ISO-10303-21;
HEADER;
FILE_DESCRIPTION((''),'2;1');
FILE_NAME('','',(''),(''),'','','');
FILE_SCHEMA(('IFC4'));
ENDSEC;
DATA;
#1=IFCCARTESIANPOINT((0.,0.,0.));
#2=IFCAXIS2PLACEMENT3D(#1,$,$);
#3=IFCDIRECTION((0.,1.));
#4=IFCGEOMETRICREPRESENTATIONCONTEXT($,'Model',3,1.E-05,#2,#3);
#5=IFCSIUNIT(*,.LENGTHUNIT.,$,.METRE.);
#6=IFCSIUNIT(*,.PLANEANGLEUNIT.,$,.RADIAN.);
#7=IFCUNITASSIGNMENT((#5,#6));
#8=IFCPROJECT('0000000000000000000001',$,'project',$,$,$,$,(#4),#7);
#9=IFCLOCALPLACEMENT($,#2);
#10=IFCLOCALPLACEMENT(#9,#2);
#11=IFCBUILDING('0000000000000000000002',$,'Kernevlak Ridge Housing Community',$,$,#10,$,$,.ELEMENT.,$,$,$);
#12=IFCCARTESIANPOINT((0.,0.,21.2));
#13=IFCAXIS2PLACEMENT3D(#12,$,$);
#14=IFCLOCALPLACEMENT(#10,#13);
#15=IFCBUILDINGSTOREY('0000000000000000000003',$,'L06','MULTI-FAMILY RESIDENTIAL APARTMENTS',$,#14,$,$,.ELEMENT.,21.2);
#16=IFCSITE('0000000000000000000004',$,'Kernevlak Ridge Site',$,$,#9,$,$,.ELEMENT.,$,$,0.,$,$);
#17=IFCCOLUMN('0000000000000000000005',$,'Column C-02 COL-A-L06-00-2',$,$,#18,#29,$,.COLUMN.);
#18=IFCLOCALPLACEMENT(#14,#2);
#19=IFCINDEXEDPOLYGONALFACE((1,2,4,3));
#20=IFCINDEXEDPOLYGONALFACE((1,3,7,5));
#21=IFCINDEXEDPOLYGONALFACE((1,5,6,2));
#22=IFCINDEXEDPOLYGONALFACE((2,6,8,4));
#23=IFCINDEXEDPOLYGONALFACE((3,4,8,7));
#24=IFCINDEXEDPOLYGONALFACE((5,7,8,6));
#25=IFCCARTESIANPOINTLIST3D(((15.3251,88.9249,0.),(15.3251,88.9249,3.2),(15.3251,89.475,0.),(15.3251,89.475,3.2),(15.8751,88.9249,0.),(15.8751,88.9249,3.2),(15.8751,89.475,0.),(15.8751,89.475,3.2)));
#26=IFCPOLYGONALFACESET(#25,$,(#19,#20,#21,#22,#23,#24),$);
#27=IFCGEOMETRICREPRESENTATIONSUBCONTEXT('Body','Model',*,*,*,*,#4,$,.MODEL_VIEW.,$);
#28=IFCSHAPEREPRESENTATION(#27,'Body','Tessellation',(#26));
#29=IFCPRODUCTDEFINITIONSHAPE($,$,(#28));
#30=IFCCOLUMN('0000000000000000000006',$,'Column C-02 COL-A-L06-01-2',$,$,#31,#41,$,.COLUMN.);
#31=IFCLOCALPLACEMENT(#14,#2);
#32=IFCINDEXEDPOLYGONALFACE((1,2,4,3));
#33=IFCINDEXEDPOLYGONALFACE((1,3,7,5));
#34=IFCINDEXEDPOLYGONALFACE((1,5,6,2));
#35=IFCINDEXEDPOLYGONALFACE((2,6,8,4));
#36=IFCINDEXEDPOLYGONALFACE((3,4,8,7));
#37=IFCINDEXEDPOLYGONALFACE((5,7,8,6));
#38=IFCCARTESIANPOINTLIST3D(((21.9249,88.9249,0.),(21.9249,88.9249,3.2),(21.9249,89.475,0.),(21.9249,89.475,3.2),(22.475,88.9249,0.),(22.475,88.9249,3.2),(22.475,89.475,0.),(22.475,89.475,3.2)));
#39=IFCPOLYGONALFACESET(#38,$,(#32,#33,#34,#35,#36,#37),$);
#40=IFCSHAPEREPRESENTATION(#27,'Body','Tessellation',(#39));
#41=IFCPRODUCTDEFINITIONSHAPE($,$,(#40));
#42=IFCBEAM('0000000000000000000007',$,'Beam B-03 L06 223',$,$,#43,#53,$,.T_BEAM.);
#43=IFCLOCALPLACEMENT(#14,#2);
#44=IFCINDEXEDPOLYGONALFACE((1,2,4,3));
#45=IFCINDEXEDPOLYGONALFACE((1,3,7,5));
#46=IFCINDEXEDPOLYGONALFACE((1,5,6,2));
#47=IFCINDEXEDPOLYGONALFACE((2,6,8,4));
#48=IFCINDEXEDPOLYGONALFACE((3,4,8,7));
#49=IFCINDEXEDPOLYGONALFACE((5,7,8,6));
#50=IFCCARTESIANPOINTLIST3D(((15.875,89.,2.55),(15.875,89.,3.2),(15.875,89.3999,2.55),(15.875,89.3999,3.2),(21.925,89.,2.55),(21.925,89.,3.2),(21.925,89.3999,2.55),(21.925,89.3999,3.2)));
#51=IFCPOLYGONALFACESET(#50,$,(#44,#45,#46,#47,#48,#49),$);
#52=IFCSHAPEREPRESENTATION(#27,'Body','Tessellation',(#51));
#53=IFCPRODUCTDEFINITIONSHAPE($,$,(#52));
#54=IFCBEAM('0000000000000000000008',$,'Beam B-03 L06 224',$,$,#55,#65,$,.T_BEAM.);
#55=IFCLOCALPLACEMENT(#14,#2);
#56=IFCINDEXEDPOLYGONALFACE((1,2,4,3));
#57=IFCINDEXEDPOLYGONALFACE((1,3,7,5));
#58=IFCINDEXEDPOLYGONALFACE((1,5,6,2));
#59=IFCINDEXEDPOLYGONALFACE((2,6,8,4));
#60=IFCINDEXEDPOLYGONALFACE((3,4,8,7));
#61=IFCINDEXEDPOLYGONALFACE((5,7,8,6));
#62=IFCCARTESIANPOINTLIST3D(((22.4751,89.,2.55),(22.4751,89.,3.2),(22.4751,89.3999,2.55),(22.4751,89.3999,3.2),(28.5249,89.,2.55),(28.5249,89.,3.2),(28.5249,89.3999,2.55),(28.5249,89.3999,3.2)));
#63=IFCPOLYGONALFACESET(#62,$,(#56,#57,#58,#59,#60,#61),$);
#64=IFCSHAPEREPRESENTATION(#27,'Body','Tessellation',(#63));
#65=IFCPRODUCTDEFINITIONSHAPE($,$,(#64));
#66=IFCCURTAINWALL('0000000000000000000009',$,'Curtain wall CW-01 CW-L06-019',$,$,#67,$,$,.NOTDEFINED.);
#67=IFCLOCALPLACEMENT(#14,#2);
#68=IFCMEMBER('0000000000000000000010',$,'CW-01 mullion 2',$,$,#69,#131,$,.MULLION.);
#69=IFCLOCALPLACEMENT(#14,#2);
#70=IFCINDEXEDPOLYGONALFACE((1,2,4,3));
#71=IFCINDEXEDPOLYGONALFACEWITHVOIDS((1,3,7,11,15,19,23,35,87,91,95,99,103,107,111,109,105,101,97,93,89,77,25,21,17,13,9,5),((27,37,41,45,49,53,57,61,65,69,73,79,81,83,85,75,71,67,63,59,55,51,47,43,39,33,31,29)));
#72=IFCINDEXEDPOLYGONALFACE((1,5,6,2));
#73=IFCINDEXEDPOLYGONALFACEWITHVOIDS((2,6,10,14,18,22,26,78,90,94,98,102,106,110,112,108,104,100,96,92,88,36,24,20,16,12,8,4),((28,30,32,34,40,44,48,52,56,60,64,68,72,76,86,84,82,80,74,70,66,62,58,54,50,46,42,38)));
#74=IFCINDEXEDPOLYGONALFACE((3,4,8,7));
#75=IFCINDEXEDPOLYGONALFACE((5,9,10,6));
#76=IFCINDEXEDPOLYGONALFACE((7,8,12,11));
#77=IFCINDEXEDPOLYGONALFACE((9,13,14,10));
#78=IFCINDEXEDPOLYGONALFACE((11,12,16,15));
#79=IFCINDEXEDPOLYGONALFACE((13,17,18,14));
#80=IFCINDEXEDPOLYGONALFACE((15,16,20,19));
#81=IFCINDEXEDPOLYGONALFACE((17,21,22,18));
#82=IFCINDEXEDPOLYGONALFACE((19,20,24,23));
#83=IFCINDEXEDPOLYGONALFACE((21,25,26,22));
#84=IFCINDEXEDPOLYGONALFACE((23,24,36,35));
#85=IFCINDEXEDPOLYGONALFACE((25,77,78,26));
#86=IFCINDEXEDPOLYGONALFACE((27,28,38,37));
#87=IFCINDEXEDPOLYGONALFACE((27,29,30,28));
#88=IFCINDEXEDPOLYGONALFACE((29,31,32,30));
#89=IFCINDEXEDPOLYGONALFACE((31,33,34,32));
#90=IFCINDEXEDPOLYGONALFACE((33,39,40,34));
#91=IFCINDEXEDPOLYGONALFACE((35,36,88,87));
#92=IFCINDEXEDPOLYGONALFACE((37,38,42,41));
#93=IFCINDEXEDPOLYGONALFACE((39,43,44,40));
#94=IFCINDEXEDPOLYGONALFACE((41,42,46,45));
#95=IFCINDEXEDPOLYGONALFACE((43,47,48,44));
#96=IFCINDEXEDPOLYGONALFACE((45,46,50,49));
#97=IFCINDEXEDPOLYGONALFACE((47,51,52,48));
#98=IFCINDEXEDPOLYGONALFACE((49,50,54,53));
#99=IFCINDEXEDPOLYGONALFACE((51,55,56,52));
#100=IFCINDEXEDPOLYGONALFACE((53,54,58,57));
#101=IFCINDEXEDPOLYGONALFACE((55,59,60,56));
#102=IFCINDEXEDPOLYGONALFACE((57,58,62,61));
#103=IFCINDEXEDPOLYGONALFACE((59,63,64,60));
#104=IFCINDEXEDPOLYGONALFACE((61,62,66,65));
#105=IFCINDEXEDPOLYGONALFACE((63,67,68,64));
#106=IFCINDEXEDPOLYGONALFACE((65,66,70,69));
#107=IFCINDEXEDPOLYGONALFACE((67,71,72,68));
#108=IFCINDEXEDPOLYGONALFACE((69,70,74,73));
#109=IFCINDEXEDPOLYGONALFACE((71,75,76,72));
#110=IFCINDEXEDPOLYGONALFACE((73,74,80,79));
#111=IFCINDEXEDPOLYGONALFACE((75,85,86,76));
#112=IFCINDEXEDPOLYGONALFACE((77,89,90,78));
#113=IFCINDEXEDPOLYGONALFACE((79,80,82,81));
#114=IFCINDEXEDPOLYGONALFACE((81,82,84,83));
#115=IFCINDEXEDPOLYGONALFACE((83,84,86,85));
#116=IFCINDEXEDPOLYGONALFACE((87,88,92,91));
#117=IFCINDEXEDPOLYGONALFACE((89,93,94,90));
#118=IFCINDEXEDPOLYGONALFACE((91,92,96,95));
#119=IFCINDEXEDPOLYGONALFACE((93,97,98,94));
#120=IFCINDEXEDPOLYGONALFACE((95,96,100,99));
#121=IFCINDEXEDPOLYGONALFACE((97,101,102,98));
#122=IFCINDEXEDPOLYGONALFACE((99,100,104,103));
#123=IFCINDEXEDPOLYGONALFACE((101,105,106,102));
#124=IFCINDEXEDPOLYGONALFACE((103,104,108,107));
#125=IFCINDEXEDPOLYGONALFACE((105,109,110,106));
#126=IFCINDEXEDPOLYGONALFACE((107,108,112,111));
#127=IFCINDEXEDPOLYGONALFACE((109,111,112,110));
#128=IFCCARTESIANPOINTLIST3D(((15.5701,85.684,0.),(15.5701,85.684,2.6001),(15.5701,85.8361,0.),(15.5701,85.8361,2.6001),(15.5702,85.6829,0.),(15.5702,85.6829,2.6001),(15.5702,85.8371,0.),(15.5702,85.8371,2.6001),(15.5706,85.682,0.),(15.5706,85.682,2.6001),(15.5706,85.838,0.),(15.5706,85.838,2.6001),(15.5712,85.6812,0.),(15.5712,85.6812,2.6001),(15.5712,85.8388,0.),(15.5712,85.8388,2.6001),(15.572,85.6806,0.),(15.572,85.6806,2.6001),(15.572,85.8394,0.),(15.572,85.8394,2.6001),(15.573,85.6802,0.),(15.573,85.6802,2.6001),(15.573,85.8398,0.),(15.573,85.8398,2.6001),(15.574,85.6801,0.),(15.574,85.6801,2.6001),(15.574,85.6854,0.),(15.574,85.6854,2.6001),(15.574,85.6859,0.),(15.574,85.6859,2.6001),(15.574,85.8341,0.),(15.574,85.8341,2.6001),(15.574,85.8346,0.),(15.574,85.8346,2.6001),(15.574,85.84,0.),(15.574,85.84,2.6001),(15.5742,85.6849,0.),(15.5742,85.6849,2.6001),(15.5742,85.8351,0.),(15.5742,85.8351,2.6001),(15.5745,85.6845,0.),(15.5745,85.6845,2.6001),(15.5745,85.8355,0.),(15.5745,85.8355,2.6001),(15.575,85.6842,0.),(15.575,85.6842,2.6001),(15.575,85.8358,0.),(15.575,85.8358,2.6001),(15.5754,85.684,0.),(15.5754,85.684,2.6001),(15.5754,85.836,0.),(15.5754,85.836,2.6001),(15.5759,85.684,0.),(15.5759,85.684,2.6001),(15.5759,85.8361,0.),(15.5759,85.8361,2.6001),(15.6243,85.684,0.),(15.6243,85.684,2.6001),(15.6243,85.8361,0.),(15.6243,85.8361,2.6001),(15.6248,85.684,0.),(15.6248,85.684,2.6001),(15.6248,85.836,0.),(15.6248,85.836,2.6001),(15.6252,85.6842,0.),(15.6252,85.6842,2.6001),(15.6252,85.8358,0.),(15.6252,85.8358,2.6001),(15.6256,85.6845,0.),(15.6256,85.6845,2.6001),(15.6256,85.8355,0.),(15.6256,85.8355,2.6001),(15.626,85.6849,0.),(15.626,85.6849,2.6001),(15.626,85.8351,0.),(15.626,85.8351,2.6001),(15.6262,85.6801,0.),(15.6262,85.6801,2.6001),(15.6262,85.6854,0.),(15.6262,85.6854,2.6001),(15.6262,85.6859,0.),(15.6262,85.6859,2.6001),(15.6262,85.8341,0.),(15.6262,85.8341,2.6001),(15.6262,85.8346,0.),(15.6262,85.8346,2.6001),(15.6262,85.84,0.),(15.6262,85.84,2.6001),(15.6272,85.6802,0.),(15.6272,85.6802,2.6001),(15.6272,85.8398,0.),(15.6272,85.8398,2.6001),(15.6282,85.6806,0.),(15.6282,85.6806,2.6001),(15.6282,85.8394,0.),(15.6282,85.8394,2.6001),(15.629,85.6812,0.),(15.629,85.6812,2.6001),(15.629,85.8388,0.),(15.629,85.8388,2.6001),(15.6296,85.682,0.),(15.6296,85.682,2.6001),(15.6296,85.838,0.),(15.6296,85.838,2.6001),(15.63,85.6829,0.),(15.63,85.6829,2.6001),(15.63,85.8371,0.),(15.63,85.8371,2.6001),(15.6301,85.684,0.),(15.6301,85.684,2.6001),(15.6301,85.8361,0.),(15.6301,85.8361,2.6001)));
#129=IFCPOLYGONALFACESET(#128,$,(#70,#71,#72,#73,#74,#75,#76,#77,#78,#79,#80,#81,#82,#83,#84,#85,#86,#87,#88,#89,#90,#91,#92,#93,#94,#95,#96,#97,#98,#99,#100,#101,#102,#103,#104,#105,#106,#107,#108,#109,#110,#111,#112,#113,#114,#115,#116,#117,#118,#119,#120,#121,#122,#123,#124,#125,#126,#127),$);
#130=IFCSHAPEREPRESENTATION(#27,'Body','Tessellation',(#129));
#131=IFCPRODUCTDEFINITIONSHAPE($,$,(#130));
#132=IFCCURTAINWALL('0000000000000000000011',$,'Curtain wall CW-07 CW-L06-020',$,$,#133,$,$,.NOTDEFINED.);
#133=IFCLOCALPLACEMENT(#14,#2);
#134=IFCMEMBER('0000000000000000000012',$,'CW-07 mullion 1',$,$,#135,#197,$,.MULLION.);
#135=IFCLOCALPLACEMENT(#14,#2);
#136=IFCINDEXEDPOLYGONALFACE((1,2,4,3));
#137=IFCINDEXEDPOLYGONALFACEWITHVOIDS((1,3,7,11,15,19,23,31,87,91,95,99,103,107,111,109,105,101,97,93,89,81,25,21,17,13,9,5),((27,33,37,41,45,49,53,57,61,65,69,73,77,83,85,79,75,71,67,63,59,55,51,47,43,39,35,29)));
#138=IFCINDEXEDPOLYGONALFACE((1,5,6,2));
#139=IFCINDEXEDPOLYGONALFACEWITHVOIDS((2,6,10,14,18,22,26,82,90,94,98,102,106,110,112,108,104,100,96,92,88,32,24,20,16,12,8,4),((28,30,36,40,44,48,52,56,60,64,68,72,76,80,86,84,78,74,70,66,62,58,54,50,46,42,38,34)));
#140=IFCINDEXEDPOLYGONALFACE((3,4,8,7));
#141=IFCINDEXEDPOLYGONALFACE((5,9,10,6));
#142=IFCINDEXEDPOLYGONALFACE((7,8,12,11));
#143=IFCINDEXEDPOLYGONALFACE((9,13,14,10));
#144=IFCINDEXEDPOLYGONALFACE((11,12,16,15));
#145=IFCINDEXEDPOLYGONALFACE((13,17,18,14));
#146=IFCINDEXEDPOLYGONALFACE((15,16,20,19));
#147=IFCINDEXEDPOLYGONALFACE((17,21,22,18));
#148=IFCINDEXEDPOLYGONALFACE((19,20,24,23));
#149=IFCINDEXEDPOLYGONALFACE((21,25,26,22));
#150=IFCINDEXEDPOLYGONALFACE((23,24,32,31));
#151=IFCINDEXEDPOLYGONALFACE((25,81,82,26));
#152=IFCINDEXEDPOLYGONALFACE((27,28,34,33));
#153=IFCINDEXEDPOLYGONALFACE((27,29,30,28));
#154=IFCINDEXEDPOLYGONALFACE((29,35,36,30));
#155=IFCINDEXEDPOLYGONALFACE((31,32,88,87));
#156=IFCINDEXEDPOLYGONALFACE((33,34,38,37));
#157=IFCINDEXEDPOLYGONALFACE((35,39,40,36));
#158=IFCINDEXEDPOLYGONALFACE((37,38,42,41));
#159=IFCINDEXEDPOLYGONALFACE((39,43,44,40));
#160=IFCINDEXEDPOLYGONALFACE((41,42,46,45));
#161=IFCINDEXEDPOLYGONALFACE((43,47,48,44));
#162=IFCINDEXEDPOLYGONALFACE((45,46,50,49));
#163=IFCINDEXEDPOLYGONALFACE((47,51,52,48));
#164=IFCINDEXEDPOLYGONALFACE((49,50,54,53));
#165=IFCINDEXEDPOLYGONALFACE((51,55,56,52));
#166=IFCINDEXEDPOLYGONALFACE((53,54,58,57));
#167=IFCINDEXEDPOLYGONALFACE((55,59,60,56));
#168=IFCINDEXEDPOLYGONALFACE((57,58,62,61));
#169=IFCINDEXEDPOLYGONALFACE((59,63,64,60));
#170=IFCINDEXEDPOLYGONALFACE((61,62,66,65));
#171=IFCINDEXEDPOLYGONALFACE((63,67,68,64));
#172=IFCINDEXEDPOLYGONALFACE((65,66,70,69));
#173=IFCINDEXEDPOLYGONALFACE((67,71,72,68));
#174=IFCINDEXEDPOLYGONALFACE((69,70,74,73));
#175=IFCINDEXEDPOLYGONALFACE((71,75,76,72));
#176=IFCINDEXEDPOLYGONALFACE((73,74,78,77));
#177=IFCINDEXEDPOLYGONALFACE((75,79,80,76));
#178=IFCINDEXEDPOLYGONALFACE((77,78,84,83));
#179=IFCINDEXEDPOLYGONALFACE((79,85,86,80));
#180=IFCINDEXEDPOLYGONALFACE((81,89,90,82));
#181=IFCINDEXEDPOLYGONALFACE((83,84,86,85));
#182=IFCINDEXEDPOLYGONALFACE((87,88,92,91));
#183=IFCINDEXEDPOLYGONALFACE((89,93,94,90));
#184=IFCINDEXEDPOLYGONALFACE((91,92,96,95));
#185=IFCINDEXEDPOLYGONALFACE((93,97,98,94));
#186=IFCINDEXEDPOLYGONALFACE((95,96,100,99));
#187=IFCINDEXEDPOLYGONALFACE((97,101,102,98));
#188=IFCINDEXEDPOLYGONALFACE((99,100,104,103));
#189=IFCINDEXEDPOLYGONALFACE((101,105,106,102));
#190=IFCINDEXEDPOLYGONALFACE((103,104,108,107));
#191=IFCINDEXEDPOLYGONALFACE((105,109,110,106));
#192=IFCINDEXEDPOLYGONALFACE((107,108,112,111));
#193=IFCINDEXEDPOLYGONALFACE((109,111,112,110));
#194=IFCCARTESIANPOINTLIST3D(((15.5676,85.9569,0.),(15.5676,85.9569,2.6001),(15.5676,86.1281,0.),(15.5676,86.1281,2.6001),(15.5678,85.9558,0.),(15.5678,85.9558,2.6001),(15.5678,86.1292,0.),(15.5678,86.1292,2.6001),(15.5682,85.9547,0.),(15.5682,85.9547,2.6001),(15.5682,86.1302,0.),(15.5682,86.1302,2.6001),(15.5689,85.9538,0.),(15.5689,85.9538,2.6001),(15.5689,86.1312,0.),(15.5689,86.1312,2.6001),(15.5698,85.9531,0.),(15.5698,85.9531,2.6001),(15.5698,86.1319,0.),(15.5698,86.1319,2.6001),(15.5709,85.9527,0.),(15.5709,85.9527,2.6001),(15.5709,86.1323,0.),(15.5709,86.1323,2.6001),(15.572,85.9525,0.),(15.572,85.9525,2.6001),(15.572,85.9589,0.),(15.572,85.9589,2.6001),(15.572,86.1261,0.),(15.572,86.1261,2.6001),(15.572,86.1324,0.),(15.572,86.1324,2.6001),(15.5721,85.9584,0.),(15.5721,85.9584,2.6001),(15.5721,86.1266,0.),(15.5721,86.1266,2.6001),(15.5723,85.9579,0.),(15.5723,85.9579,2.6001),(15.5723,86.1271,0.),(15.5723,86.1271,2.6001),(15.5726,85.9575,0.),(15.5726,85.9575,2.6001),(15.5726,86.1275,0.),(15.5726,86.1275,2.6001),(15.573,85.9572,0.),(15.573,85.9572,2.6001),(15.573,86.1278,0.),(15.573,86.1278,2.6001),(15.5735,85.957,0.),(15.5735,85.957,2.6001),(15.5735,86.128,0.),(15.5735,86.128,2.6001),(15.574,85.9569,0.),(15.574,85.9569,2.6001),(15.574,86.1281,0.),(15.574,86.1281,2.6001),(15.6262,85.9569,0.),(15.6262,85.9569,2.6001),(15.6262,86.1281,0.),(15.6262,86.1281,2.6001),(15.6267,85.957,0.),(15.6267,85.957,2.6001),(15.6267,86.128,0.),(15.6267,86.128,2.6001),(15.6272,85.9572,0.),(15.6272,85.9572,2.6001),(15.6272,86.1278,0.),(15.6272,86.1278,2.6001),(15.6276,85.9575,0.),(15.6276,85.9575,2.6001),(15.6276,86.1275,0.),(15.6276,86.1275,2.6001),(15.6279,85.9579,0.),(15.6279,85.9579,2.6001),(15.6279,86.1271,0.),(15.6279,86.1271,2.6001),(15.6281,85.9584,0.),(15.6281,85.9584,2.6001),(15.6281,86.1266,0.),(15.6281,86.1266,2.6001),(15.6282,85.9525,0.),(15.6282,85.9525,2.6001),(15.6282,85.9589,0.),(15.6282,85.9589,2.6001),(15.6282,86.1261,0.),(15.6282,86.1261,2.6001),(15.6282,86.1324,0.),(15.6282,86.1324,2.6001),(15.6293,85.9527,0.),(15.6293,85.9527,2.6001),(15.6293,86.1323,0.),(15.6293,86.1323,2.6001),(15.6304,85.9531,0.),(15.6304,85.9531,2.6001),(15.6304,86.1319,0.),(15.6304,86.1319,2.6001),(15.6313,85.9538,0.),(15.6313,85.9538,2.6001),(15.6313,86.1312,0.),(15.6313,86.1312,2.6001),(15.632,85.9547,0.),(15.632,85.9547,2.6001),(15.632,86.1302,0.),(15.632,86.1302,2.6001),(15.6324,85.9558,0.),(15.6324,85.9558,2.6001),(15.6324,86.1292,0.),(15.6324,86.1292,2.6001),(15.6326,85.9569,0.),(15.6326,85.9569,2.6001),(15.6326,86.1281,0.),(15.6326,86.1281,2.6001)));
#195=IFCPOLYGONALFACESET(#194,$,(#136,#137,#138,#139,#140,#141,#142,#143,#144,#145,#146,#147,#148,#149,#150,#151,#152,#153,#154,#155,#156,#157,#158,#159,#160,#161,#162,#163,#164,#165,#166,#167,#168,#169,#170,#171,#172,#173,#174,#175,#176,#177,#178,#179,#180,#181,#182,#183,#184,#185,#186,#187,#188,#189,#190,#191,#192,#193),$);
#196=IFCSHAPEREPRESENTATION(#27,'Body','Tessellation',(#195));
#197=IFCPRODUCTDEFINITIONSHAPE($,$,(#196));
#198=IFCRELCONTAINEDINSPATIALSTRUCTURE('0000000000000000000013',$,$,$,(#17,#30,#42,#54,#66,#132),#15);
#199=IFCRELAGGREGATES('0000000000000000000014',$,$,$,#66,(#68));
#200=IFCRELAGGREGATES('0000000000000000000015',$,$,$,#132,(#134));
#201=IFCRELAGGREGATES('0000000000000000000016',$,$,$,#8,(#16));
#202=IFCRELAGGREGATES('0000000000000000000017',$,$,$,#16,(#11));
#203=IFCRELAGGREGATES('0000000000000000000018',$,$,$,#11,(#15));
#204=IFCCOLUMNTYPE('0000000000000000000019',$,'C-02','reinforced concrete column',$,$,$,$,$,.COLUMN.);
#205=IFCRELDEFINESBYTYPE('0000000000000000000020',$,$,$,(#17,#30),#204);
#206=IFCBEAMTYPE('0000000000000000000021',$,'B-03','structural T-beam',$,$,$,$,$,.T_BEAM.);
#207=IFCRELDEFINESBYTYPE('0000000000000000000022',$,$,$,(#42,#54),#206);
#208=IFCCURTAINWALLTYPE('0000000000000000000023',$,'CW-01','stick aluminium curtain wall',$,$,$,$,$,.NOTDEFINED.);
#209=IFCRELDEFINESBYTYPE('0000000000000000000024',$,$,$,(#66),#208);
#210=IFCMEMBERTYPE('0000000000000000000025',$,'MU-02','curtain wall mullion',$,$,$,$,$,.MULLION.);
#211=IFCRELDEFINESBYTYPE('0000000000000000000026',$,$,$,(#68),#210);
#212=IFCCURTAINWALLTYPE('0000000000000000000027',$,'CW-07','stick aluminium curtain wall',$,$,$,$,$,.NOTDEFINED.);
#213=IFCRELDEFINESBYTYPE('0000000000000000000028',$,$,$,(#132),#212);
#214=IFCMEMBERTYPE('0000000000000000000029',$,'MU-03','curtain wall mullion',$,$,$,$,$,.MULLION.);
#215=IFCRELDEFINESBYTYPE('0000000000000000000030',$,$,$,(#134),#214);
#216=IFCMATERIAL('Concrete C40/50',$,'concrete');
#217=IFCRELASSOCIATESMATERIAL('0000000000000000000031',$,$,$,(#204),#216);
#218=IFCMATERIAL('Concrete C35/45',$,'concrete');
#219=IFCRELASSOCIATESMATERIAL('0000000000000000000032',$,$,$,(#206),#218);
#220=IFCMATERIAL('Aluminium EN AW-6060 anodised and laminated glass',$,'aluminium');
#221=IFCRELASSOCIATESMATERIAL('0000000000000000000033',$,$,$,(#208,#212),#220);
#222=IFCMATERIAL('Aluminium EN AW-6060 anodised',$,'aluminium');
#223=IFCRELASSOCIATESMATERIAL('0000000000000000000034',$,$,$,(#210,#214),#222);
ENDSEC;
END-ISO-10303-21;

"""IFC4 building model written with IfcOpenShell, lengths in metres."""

from ifc_helpers import new_model, si_unit, direction, frame, origin, origin_2d, place, context, subcontext, project, spatial, rectangle, hollow_rectangle, extrude, material, material_profile, profile_set, type_object, element, aggregate, save


model = new_model("IFC4")

# Units and contexts
model_context = context("Model", 3, precision=1e-05, world=origin(), true_north=direction((0.0, 1.0)))
body_context = subcontext(model_context, "Body", "Model", "MODEL_VIEW")
ifc_project = project(units=[si_unit("LENGTHUNIT", "METRE"), si_unit("PLANEANGLEUNIT", "RADIAN")], contexts=[model_context])

# Site, building, storey
site_placement = place(None, origin())
site = spatial("IfcSite", under=ifc_project, at=site_placement, Name="Kernevlak Ridge Site", CompositionType="ELEMENT", RefElevation=0.0)
building_placement = place(site_placement, origin())
building = spatial("IfcBuilding", under=site, at=building_placement, Name="Kernevlak Ridge Housing Community", CompositionType="ELEMENT")
storey_placement = place(building_placement, frame((0.0, 0.0, 21.2)))
storey = spatial("IfcBuildingStorey", under=building, at=storey_placement, Name="L06", Description="MULTI-FAMILY RESIDENTIAL APARTMENTS", CompositionType="ELEMENT", Elevation=21.2)

# Columns
ifc_material_1 = material(Name="Concrete C40/50", Category="concrete")
ifc_material_profile_1 = material_profile(ifc_material_1, rectangle(XDim=0.55, YDim=0.55, at=origin_2d()), Name="RC 550x550")
ifc_profile_set_1 = profile_set([ifc_material_profile_1], Name="Concrete C40/50")
column_type = type_object("IfcColumnType", Name="C-02", Description="reinforced concrete column", PredefinedType="COLUMN", material=ifc_profile_set_1)
for number, where, z_axis, x_axis, name in (
    (1, (15.6001, 89.2, 0.0), (0.0, 0.0, 1.0), (1.0, 0.0, 0.0), "Column C-02 COL-A-L06-00-2"),
    (2, (22.2, 89.2, 0.0), (0.0, 0.0, 1.0), (1.0, 0.0, 0.0), "Column C-02 COL-A-L06-01-2"),
):
    element("IfcColumn", number, at=place(storey_placement, frame(where, z_axis=z_axis, x_axis=x_axis)), inside=storey, type_object=column_type, Name=name, PredefinedType="COLUMN", context=body_context, shape_type="SweptSolid", body=[
        extrude(rectangle(XDim=0.55, YDim=0.55, at=origin_2d()), origin(), (0.0, 0.0, 1.0), 3.2),
    ])

# Beams
ifc_material_2 = material(Name="Concrete C35/45", Category="concrete")
ifc_material_profile_2 = material_profile(ifc_material_2, rectangle(XDim=0.3999, YDim=0.6499, at=origin_2d()), Name="RC 400x650")
ifc_profile_set_2 = profile_set([ifc_material_profile_2], Name="Concrete C35/45")
beam_type = type_object("IfcBeamType", Name="B-03", Description="structural T-beam", PredefinedType="T_BEAM", material=ifc_profile_set_2)
beam_1_placement = place(storey_placement, frame((15.875, 89.2, 2.875), z_axis=(1.0, 0.0, 0.0), x_axis=(0.0, 1.0, 0.0)))
element("IfcBeam", 3, at=beam_1_placement, inside=storey, type_object=beam_type, Name="Beam B-03 L06 223", PredefinedType="T_BEAM", context=body_context, shape_type="SweptSolid", body=[
    extrude(rectangle(XDim=0.3999, YDim=0.6499, at=origin_2d()), origin(), (0.0, 0.0, 1.0), 6.05),
])
beam_2_placement = place(storey_placement, frame((22.4751, 89.2, 2.875), z_axis=(1.0, 0.0, 0.0), x_axis=(0.0, 1.0, 0.0)))
element("IfcBeam", 4, at=beam_2_placement, inside=storey, type_object=beam_type, Name="Beam B-03 L06 224", PredefinedType="T_BEAM", context=body_context, shape_type="SweptSolid", body=[
    extrude(rectangle(XDim=0.3999, YDim=0.6499, at=origin_2d()), origin(), (0.0, 0.0, 1.0), 6.0498),
])

# Curtain wall, member
ifc_material_3 = material(Name="Aluminium EN AW-6060 anodised and laminated glass", Category="aluminium")
curtain_wall_type_1 = type_object("IfcCurtainWallType", Name="CW-01", Description="stick aluminium curtain wall", PredefinedType="NOTDEFINED", material=ifc_material_3)
curtain_wall_1_placement = place(storey_placement, origin())
curtain_wall_1 = element("IfcCurtainWall", 5, at=curtain_wall_1_placement, inside=storey, type_object=curtain_wall_type_1, Name="Curtain wall CW-01 CW-L06-019", PredefinedType="NOTDEFINED")
ifc_material_4 = material(Name="Aluminium EN AW-6060 anodised", Category="aluminium")
ifc_material_profile_3 = material_profile(ifc_material_4, hollow_rectangle(XDim=0.0601, YDim=0.1599, WallThickness=0.0039, InnerFilletRadius=0.002, OuterFilletRadius=0.0039, at=origin_2d()), Name="ALU 60x160x4")
ifc_profile_set_3 = profile_set([ifc_material_profile_3], Name="Aluminium EN AW-6060 anodised")
member_type_1 = type_object("IfcMemberType", Name="MU-02", Description="curtain wall mullion", PredefinedType="MULLION", material=ifc_profile_set_3)
member_1_placement = place(storey_placement, frame((15.6001, 85.76, 0.0), z_axis=(0.0, 0.0, 1.0), x_axis=(-1.0, 0.0, 0.0)))
member_1 = element("IfcMember", 6, at=member_1_placement, type_object=member_type_1, Name="CW-01 mullion 2", PredefinedType="MULLION", context=body_context, shape_type="SweptSolid", body=[
    extrude(hollow_rectangle(XDim=0.0601, YDim=0.1599, WallThickness=0.0039, InnerFilletRadius=0.002, OuterFilletRadius=0.0039, at=origin_2d()), origin(), (0.0, 0.0, 1.0), 2.6001),
])
aggregate(curtain_wall_1, [member_1])

# Curtain wall, member
curtain_wall_type_2 = type_object("IfcCurtainWallType", Name="CW-07", Description="stick aluminium curtain wall", PredefinedType="NOTDEFINED", material=ifc_material_3)
curtain_wall_2_placement = place(storey_placement, origin())
curtain_wall_2 = element("IfcCurtainWall", 7, at=curtain_wall_2_placement, inside=storey, type_object=curtain_wall_type_2, Name="Curtain wall CW-07 CW-L06-020", PredefinedType="NOTDEFINED")
ifc_material_profile_4 = material_profile(ifc_material_4, hollow_rectangle(XDim=0.0649, YDim=0.1799, WallThickness=0.0044, InnerFilletRadius=0.002, OuterFilletRadius=0.0044, at=origin_2d()), Name="ALU 65x180x4.5")
ifc_profile_set_4 = profile_set([ifc_material_profile_4], Name="Aluminium EN AW-6060 anodised")
member_type_2 = type_object("IfcMemberType", Name="MU-03", Description="curtain wall mullion", PredefinedType="MULLION", material=ifc_profile_set_4)
member_2_placement = place(storey_placement, frame((15.6001, 86.0425, 0.0), z_axis=(0.0, 0.0, 1.0), x_axis=(-1.0, 0.0, 0.0)))
member_2 = element("IfcMember", 8, at=member_2_placement, type_object=member_type_2, Name="CW-07 mullion 1", PredefinedType="MULLION", context=body_context, shape_type="SweptSolid", body=[
    extrude(hollow_rectangle(XDim=0.0649, YDim=0.1799, WallThickness=0.0044, InnerFilletRadius=0.002, OuterFilletRadius=0.0044, at=origin_2d()), origin(), (0.0, 0.0, 1.0), 2.6001),
])
aggregate(curtain_wall_2, [member_2])

save(model, "model.ifc")
